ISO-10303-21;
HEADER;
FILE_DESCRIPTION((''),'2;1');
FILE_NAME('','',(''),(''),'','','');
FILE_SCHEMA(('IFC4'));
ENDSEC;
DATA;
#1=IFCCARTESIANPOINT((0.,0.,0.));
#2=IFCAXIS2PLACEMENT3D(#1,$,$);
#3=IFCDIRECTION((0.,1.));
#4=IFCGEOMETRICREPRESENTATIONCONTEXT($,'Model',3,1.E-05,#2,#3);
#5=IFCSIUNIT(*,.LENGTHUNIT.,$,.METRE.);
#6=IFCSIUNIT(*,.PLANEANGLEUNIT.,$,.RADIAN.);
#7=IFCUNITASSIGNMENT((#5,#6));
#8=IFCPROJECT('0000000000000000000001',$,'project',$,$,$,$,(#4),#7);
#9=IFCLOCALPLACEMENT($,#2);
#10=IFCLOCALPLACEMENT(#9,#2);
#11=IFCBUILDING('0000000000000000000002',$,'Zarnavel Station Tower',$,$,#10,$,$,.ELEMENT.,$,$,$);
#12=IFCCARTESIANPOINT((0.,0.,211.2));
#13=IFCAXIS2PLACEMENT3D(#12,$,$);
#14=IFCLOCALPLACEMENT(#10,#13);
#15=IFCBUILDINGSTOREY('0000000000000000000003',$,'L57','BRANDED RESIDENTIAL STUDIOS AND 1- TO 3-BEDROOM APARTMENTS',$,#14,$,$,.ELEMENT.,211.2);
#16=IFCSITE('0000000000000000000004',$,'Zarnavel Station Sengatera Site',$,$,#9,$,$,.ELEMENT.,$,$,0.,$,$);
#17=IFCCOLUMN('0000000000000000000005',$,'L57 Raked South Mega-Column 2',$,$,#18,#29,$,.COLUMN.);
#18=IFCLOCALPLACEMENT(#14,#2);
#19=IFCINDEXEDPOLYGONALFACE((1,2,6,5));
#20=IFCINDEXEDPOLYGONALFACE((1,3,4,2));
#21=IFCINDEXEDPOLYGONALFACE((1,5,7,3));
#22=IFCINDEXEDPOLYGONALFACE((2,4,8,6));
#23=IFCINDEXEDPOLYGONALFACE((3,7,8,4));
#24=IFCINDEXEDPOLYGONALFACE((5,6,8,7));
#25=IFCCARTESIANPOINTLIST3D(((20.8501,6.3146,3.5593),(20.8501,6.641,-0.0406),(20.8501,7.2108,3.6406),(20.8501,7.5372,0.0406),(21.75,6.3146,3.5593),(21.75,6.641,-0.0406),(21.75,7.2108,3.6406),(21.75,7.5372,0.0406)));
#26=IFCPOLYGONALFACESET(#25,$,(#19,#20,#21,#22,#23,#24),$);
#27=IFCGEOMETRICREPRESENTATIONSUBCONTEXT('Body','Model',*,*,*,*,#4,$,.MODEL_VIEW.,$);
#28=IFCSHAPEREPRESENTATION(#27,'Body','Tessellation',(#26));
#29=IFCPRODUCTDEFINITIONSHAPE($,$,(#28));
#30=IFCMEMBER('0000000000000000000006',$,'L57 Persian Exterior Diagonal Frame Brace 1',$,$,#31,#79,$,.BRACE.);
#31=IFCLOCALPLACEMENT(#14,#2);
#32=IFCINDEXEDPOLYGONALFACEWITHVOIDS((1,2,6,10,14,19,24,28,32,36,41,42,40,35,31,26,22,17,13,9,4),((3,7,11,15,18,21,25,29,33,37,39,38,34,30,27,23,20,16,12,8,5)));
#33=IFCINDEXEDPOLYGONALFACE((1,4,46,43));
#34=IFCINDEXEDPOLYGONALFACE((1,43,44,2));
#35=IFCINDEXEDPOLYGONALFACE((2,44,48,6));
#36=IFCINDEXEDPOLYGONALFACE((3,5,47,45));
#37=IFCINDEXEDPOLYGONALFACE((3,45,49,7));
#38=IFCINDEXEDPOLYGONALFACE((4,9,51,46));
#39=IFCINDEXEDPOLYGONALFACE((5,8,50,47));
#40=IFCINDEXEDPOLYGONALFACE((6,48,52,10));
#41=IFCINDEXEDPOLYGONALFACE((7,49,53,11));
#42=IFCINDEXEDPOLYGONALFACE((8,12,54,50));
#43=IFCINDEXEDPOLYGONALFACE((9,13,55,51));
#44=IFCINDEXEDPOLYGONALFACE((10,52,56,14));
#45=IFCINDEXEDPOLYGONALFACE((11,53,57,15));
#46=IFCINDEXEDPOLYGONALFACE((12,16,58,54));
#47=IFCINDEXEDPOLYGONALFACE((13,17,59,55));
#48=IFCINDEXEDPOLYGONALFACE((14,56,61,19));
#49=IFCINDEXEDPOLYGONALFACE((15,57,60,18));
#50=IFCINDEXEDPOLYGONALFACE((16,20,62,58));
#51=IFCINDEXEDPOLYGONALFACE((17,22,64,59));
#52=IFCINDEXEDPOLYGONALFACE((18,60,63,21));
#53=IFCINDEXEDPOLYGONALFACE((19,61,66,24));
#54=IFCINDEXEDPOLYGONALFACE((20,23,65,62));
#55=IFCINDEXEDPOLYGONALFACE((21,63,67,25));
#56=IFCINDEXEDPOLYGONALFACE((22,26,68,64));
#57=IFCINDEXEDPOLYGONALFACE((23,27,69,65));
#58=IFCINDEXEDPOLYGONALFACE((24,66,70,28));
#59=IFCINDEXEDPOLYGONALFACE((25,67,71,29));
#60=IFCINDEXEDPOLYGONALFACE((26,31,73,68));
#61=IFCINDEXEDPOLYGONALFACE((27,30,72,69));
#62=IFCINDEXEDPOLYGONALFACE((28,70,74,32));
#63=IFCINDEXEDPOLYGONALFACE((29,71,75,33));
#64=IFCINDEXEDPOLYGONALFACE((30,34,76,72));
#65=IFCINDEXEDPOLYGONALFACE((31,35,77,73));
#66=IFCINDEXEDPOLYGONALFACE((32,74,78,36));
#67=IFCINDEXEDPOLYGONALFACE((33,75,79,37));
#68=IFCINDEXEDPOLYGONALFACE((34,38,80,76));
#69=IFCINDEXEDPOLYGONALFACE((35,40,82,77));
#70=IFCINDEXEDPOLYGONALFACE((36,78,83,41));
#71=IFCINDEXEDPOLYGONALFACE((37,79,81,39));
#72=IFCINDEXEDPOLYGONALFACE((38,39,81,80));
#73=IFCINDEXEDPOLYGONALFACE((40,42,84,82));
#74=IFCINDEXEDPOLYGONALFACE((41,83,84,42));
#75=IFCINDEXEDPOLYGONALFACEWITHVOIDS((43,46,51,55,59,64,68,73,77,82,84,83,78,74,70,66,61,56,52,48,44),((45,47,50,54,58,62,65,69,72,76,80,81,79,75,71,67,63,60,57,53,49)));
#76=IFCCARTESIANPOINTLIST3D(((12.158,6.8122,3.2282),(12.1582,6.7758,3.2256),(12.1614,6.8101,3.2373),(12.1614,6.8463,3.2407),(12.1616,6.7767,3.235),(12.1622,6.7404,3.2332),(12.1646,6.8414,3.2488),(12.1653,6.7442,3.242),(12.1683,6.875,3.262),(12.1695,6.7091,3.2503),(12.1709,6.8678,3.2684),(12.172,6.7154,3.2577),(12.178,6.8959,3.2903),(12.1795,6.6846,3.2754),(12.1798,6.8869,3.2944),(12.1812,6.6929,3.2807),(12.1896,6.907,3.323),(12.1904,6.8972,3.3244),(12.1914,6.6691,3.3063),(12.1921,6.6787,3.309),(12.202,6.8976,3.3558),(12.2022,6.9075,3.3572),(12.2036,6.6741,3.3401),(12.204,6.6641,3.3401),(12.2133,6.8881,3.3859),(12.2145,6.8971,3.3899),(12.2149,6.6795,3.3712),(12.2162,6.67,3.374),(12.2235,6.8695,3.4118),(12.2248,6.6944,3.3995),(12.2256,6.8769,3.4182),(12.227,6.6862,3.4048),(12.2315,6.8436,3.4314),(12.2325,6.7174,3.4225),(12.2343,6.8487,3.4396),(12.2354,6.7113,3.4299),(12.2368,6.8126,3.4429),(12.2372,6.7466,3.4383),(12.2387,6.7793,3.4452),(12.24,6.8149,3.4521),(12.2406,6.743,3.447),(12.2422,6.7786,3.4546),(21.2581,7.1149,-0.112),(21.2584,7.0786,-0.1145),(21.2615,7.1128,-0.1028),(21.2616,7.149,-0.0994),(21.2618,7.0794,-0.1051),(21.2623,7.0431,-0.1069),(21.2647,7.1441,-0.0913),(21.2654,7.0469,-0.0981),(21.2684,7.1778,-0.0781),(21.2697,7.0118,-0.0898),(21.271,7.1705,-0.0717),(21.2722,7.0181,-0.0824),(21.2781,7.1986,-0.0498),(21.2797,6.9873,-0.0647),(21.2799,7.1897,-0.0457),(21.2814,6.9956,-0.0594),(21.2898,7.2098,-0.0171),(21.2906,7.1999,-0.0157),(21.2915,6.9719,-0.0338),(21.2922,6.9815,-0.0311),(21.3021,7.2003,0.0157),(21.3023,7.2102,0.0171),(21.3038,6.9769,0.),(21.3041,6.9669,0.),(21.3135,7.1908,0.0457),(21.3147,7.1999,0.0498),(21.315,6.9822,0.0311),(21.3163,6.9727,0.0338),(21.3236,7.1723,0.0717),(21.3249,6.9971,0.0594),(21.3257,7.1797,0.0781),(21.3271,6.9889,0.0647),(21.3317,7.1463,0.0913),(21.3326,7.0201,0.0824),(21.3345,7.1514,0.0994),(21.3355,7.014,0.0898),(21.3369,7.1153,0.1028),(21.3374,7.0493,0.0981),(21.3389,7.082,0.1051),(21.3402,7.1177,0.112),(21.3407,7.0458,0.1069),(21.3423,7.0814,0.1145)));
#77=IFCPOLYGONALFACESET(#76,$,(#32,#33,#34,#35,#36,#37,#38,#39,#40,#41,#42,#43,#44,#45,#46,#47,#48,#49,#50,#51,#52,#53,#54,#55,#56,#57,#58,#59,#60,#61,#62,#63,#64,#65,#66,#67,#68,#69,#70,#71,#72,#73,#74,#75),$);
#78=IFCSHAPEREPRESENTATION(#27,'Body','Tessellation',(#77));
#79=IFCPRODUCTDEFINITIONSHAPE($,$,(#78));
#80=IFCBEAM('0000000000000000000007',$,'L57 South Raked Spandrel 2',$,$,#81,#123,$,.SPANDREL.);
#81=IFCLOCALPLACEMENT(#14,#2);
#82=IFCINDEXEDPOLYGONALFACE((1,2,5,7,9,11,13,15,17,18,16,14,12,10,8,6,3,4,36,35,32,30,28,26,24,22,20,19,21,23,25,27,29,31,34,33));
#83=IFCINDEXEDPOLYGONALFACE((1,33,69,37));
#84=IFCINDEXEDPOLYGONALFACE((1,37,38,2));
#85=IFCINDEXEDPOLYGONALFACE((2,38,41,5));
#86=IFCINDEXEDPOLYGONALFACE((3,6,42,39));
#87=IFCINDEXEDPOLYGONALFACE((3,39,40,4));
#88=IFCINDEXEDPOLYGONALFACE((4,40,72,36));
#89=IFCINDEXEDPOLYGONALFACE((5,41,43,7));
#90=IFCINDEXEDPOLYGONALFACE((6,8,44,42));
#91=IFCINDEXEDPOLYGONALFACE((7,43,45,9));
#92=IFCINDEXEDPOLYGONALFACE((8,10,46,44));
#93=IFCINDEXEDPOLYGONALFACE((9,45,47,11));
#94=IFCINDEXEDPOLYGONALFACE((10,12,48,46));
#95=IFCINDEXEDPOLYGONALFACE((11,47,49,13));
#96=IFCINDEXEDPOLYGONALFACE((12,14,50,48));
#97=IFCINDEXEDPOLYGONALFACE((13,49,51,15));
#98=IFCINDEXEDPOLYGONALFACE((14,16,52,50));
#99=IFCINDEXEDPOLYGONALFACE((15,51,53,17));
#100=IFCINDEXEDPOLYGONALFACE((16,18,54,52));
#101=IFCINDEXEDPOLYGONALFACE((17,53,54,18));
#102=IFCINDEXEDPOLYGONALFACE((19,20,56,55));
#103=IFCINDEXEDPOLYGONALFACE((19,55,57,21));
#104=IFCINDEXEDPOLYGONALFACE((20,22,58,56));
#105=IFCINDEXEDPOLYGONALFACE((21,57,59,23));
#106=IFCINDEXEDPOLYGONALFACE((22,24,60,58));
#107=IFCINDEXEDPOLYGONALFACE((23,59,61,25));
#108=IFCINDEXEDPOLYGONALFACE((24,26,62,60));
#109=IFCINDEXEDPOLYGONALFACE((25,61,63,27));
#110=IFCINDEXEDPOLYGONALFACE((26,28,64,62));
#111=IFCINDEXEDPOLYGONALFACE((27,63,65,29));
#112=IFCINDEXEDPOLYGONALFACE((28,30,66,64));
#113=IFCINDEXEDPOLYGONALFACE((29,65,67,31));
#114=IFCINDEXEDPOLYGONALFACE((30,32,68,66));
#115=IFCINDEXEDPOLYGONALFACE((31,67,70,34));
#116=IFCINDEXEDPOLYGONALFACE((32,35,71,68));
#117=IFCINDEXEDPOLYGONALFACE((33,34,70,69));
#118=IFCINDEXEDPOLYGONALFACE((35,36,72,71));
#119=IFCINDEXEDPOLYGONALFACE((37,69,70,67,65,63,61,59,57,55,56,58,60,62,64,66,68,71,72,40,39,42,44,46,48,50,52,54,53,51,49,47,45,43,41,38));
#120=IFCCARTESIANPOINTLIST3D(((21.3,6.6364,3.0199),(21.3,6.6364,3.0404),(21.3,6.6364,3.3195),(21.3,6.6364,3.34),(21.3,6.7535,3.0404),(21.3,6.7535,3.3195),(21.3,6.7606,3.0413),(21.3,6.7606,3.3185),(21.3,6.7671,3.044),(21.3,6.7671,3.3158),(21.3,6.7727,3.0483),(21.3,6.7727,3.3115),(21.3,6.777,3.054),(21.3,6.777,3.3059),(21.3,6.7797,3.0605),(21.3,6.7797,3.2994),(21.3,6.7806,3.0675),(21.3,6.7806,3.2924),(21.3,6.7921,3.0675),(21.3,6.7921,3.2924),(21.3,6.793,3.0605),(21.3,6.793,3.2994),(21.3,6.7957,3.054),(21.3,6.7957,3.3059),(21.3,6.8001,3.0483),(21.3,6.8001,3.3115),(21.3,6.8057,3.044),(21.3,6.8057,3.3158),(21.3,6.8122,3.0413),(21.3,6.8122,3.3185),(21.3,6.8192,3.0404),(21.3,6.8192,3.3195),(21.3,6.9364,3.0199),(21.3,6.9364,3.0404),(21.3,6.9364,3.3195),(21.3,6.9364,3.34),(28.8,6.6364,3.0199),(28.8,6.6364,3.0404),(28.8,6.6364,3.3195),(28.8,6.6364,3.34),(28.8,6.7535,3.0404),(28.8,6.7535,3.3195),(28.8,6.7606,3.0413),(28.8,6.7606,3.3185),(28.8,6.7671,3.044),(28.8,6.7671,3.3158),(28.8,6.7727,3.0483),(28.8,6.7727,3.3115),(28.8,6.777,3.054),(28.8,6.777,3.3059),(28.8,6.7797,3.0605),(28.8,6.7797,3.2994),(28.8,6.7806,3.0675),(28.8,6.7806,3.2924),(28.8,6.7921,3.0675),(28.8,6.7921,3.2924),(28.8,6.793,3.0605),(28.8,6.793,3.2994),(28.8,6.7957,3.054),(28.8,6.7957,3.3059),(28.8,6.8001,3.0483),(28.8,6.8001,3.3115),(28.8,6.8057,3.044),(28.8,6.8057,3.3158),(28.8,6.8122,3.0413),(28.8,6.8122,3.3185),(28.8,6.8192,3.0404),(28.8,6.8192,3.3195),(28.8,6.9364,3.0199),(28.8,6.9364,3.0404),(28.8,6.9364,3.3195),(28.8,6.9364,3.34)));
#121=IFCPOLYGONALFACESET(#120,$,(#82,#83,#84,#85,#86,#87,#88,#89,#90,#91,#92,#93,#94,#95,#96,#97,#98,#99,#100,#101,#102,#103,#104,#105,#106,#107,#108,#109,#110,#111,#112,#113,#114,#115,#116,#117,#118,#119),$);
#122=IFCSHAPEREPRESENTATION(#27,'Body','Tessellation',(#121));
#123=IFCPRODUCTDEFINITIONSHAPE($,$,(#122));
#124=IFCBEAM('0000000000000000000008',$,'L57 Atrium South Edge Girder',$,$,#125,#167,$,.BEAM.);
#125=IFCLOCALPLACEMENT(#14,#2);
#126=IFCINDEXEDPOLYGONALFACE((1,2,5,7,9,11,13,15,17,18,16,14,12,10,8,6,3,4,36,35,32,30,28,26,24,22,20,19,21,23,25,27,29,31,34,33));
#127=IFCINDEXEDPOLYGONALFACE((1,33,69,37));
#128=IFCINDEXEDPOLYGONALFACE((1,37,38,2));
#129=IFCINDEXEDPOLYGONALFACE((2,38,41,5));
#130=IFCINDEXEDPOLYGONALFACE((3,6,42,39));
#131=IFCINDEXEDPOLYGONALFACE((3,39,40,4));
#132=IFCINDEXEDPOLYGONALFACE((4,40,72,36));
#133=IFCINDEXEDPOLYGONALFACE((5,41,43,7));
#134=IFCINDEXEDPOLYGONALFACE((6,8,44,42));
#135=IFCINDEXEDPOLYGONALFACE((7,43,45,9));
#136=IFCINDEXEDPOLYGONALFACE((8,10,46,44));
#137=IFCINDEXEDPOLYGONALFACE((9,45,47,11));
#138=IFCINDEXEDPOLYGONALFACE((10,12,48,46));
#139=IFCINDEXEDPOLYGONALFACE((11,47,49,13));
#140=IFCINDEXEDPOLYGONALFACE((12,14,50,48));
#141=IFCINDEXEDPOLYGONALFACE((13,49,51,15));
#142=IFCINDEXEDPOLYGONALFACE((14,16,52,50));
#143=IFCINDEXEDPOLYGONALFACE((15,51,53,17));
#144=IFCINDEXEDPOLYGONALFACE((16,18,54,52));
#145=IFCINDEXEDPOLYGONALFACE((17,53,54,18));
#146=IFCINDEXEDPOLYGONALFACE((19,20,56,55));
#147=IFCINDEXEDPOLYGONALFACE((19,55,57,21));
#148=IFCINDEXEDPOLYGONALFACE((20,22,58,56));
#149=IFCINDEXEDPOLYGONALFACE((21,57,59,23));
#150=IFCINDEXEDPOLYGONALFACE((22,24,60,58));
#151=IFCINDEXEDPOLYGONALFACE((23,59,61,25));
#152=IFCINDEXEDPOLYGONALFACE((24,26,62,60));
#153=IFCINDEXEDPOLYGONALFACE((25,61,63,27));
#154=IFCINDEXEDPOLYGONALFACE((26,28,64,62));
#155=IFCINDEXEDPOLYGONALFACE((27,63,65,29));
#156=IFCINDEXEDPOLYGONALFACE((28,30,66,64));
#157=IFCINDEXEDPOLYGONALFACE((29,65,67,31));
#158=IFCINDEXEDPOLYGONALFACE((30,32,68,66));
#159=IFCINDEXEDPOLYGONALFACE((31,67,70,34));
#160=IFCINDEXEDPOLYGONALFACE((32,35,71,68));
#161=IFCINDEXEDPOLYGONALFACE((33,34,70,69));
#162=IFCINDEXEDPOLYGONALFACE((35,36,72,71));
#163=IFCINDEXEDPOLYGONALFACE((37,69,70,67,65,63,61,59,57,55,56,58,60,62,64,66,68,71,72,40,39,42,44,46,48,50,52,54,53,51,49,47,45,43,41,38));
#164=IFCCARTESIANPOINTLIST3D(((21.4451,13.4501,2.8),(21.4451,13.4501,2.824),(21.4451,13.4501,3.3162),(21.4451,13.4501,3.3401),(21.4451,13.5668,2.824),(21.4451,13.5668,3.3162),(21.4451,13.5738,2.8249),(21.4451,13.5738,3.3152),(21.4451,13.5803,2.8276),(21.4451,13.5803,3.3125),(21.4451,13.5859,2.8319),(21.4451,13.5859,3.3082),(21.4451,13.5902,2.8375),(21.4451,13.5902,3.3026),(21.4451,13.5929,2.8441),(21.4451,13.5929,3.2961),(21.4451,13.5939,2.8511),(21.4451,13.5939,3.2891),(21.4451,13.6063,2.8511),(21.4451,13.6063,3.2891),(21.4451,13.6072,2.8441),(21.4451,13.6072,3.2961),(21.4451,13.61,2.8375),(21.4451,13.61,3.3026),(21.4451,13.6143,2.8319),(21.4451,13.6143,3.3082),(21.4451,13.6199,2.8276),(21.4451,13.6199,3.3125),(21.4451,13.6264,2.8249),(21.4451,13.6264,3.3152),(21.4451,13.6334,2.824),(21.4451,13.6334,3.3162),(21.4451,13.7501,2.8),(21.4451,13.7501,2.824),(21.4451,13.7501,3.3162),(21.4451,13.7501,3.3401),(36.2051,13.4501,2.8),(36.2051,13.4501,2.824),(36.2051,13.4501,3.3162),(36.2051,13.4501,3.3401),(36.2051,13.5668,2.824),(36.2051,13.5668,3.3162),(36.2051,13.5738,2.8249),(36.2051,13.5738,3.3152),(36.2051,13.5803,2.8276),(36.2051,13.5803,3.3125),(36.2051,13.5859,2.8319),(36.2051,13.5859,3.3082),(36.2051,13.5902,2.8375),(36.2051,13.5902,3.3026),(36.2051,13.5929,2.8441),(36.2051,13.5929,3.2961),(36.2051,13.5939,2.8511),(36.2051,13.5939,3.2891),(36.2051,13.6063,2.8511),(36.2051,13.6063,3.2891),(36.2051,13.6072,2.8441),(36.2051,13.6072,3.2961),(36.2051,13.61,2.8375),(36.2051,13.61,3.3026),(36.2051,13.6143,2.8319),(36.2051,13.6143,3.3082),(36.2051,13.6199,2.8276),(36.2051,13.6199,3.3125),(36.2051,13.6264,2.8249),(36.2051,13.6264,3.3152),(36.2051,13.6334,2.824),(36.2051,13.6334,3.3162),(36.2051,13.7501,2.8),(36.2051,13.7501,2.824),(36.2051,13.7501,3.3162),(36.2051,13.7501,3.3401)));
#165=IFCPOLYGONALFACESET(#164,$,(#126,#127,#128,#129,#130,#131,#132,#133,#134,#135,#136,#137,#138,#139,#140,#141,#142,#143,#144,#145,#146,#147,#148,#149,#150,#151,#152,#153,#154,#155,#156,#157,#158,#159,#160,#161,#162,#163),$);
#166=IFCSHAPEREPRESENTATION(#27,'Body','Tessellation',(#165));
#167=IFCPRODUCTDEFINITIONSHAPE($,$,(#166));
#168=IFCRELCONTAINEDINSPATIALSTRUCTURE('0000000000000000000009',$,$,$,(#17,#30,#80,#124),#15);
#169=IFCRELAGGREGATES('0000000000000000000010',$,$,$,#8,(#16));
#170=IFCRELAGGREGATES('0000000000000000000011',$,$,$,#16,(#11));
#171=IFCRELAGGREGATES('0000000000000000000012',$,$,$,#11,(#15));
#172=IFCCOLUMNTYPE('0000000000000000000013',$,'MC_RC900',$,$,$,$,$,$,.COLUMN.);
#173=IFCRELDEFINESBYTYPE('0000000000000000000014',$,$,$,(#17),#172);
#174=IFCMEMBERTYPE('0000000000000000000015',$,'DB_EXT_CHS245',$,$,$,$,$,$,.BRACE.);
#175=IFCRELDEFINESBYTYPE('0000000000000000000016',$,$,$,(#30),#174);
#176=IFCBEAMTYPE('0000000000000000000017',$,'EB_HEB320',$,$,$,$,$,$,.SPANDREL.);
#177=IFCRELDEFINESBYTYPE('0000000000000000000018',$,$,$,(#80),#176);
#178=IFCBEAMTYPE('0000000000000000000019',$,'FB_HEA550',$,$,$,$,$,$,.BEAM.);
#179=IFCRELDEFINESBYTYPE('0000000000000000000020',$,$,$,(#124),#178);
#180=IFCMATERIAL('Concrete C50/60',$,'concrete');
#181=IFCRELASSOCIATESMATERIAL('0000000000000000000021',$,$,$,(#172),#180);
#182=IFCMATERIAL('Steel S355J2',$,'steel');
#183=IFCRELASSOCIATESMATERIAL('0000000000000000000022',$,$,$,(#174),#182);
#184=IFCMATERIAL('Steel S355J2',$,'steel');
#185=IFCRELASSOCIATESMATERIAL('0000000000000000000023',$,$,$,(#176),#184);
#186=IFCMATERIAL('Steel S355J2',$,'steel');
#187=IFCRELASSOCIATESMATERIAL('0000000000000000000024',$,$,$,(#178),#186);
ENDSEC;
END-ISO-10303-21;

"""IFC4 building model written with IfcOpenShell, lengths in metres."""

from ifc_helpers import new_model, si_unit, direction, frame, origin, origin_2d, place, context, subcontext, project, spatial, rectangle, hollow_circle, i_section, extrude, material, material_profile, profile_set, type_object, element, save


model = new_model("IFC4")

# Units and contexts
model_context = context("Model", 3, precision=1e-05, world=origin(), true_north=direction((0.0, 1.0)))
body_context = subcontext(model_context, "Body", "Model", "MODEL_VIEW")
ifc_project = project(units=[si_unit("LENGTHUNIT", "METRE"), si_unit("PLANEANGLEUNIT", "RADIAN")], contexts=[model_context])

# Site, building, storey
site_placement = place(None, origin())
site = spatial("IfcSite", under=ifc_project, at=site_placement, Name="Zarnavel Station Sengatera Site", CompositionType="ELEMENT", RefElevation=0.0)
building_placement = place(site_placement, origin())
building = spatial("IfcBuilding", under=site, at=building_placement, Name="Zarnavel Station Tower", CompositionType="ELEMENT")
storey_placement = place(building_placement, frame((0.0, 0.0, 211.2)))
storey = spatial("IfcBuildingStorey", under=building, at=storey_placement, Name="L57", Description="BRANDED RESIDENTIAL STUDIOS AND 1- TO 3-BEDROOM APARTMENTS", CompositionType="ELEMENT", Elevation=211.2)

# Column
ifc_material_1 = material(Name="Concrete C50/60", Category="concrete")
ifc_material_profile_1 = material_profile(ifc_material_1, rectangle(XDim=0.8999, YDim=0.8999, at=origin_2d()), Name="RC900x900")
ifc_profile_set_1 = profile_set([ifc_material_profile_1], Name="Concrete C50/60")
column_type = type_object("IfcColumnType", Name="MC_RC900", PredefinedType="COLUMN", material=ifc_profile_set_1)
column_placement = place(storey_placement, frame((21.3, 7.0891, 0.0), z_axis=(0.0, -0.090298, 0.995915), x_axis=(1.0, 0.0, 0.0)))
element("IfcColumn", 1, at=column_placement, inside=storey, type_object=column_type, Name="L57 Raked South Mega-Column 2", PredefinedType="COLUMN", context=body_context, shape_type="SweptSolid", body=[
    extrude(rectangle(XDim=0.8999, YDim=0.8999, at=origin_2d()), origin(), (0.0, 0.0, 1.0), 3.6147),
])

# Member
ifc_material_2 = material(Name="Steel S355J2", Category="steel")
ifc_material_profile_2 = material_profile(ifc_material_2, hollow_circle(Radius=0.1223, WallThickness=0.01, at=origin_2d()), Name="CHS244.5x10")
ifc_profile_set_2 = profile_set([ifc_material_profile_2], Name="Steel S355J2")
member_type = type_object("IfcMemberType", Name="DB_EXT_CHS245", PredefinedType="BRACE", material=ifc_profile_set_2)
member_placement = place(storey_placement, frame((21.3, 7.0891, 0.0), z_axis=(-0.938306, -0.031215, 0.344395), x_axis=(0.033249, -0.999447, 0.0)))
element("IfcMember", 2, at=member_placement, inside=storey, type_object=member_type, Name="L57 Persian Exterior Diagonal Frame Brace 1", PredefinedType="BRACE", context=body_context, shape_type="SweptSolid", body=[
    extrude(hollow_circle(Radius=0.1223, WallThickness=0.01, at=origin_2d()), origin(), (0.0, 0.0, 1.0), 9.6985),
])

# Beams
ifc_material_3 = material(Name="Steel S355J2", Category="steel")
ifc_material_profile_3 = material_profile(ifc_material_3, i_section(OverallWidth=0.3, OverallDepth=0.3201, WebThickness=0.0115, FlangeThickness=0.0205, FilletRadius=0.0271, at=origin_2d()), Name="HEB320")
ifc_profile_set_3 = profile_set([ifc_material_profile_3], Name="Steel S355J2")
beam_type_1 = type_object("IfcBeamType", Name="EB_HEB320", PredefinedType="SPANDREL", material=ifc_profile_set_3)
beam_1_placement = place(storey_placement, frame((21.3, 6.7864, 3.1799), z_axis=(1.0, 0.0, 0.0), x_axis=(0.0, 1.0, 0.0)))
element("IfcBeam", 3, at=beam_1_placement, inside=storey, type_object=beam_type_1, Name="L57 South Raked Spandrel 2", PredefinedType="SPANDREL", context=body_context, shape_type="SweptSolid", body=[
    extrude(i_section(OverallWidth=0.3, OverallDepth=0.3201, WebThickness=0.0115, FlangeThickness=0.0205, FilletRadius=0.0271, at=origin_2d()), origin(), (0.0, 0.0, 1.0), 7.5),
])
ifc_material_4 = material(Name="Steel S355J2", Category="steel")
ifc_material_profile_4 = material_profile(ifc_material_4, i_section(OverallWidth=0.3, OverallDepth=0.54, WebThickness=0.0125, FlangeThickness=0.0239, FilletRadius=0.0271, at=origin_2d()), Name="HEA550")
ifc_profile_set_4 = profile_set([ifc_material_profile_4], Name="Steel S355J2")
beam_type_2 = type_object("IfcBeamType", Name="FB_HEA550", PredefinedType="BEAM", material=ifc_profile_set_4)
beam_2_placement = place(storey_placement, frame((21.4451, 13.6001, 3.0701), z_axis=(1.0, 0.0, 0.0), x_axis=(0.0, 1.0, 0.0)))
element("IfcBeam", 4, at=beam_2_placement, inside=storey, type_object=beam_type_2, Name="L57 Atrium South Edge Girder", PredefinedType="BEAM", context=body_context, shape_type="SweptSolid", body=[
    extrude(i_section(OverallWidth=0.3, OverallDepth=0.54, WebThickness=0.0125, FlangeThickness=0.0239, FilletRadius=0.0271, at=origin_2d()), origin(), (0.0, 0.0, 1.0), 14.76),
])

save(model, "model.ifc")
